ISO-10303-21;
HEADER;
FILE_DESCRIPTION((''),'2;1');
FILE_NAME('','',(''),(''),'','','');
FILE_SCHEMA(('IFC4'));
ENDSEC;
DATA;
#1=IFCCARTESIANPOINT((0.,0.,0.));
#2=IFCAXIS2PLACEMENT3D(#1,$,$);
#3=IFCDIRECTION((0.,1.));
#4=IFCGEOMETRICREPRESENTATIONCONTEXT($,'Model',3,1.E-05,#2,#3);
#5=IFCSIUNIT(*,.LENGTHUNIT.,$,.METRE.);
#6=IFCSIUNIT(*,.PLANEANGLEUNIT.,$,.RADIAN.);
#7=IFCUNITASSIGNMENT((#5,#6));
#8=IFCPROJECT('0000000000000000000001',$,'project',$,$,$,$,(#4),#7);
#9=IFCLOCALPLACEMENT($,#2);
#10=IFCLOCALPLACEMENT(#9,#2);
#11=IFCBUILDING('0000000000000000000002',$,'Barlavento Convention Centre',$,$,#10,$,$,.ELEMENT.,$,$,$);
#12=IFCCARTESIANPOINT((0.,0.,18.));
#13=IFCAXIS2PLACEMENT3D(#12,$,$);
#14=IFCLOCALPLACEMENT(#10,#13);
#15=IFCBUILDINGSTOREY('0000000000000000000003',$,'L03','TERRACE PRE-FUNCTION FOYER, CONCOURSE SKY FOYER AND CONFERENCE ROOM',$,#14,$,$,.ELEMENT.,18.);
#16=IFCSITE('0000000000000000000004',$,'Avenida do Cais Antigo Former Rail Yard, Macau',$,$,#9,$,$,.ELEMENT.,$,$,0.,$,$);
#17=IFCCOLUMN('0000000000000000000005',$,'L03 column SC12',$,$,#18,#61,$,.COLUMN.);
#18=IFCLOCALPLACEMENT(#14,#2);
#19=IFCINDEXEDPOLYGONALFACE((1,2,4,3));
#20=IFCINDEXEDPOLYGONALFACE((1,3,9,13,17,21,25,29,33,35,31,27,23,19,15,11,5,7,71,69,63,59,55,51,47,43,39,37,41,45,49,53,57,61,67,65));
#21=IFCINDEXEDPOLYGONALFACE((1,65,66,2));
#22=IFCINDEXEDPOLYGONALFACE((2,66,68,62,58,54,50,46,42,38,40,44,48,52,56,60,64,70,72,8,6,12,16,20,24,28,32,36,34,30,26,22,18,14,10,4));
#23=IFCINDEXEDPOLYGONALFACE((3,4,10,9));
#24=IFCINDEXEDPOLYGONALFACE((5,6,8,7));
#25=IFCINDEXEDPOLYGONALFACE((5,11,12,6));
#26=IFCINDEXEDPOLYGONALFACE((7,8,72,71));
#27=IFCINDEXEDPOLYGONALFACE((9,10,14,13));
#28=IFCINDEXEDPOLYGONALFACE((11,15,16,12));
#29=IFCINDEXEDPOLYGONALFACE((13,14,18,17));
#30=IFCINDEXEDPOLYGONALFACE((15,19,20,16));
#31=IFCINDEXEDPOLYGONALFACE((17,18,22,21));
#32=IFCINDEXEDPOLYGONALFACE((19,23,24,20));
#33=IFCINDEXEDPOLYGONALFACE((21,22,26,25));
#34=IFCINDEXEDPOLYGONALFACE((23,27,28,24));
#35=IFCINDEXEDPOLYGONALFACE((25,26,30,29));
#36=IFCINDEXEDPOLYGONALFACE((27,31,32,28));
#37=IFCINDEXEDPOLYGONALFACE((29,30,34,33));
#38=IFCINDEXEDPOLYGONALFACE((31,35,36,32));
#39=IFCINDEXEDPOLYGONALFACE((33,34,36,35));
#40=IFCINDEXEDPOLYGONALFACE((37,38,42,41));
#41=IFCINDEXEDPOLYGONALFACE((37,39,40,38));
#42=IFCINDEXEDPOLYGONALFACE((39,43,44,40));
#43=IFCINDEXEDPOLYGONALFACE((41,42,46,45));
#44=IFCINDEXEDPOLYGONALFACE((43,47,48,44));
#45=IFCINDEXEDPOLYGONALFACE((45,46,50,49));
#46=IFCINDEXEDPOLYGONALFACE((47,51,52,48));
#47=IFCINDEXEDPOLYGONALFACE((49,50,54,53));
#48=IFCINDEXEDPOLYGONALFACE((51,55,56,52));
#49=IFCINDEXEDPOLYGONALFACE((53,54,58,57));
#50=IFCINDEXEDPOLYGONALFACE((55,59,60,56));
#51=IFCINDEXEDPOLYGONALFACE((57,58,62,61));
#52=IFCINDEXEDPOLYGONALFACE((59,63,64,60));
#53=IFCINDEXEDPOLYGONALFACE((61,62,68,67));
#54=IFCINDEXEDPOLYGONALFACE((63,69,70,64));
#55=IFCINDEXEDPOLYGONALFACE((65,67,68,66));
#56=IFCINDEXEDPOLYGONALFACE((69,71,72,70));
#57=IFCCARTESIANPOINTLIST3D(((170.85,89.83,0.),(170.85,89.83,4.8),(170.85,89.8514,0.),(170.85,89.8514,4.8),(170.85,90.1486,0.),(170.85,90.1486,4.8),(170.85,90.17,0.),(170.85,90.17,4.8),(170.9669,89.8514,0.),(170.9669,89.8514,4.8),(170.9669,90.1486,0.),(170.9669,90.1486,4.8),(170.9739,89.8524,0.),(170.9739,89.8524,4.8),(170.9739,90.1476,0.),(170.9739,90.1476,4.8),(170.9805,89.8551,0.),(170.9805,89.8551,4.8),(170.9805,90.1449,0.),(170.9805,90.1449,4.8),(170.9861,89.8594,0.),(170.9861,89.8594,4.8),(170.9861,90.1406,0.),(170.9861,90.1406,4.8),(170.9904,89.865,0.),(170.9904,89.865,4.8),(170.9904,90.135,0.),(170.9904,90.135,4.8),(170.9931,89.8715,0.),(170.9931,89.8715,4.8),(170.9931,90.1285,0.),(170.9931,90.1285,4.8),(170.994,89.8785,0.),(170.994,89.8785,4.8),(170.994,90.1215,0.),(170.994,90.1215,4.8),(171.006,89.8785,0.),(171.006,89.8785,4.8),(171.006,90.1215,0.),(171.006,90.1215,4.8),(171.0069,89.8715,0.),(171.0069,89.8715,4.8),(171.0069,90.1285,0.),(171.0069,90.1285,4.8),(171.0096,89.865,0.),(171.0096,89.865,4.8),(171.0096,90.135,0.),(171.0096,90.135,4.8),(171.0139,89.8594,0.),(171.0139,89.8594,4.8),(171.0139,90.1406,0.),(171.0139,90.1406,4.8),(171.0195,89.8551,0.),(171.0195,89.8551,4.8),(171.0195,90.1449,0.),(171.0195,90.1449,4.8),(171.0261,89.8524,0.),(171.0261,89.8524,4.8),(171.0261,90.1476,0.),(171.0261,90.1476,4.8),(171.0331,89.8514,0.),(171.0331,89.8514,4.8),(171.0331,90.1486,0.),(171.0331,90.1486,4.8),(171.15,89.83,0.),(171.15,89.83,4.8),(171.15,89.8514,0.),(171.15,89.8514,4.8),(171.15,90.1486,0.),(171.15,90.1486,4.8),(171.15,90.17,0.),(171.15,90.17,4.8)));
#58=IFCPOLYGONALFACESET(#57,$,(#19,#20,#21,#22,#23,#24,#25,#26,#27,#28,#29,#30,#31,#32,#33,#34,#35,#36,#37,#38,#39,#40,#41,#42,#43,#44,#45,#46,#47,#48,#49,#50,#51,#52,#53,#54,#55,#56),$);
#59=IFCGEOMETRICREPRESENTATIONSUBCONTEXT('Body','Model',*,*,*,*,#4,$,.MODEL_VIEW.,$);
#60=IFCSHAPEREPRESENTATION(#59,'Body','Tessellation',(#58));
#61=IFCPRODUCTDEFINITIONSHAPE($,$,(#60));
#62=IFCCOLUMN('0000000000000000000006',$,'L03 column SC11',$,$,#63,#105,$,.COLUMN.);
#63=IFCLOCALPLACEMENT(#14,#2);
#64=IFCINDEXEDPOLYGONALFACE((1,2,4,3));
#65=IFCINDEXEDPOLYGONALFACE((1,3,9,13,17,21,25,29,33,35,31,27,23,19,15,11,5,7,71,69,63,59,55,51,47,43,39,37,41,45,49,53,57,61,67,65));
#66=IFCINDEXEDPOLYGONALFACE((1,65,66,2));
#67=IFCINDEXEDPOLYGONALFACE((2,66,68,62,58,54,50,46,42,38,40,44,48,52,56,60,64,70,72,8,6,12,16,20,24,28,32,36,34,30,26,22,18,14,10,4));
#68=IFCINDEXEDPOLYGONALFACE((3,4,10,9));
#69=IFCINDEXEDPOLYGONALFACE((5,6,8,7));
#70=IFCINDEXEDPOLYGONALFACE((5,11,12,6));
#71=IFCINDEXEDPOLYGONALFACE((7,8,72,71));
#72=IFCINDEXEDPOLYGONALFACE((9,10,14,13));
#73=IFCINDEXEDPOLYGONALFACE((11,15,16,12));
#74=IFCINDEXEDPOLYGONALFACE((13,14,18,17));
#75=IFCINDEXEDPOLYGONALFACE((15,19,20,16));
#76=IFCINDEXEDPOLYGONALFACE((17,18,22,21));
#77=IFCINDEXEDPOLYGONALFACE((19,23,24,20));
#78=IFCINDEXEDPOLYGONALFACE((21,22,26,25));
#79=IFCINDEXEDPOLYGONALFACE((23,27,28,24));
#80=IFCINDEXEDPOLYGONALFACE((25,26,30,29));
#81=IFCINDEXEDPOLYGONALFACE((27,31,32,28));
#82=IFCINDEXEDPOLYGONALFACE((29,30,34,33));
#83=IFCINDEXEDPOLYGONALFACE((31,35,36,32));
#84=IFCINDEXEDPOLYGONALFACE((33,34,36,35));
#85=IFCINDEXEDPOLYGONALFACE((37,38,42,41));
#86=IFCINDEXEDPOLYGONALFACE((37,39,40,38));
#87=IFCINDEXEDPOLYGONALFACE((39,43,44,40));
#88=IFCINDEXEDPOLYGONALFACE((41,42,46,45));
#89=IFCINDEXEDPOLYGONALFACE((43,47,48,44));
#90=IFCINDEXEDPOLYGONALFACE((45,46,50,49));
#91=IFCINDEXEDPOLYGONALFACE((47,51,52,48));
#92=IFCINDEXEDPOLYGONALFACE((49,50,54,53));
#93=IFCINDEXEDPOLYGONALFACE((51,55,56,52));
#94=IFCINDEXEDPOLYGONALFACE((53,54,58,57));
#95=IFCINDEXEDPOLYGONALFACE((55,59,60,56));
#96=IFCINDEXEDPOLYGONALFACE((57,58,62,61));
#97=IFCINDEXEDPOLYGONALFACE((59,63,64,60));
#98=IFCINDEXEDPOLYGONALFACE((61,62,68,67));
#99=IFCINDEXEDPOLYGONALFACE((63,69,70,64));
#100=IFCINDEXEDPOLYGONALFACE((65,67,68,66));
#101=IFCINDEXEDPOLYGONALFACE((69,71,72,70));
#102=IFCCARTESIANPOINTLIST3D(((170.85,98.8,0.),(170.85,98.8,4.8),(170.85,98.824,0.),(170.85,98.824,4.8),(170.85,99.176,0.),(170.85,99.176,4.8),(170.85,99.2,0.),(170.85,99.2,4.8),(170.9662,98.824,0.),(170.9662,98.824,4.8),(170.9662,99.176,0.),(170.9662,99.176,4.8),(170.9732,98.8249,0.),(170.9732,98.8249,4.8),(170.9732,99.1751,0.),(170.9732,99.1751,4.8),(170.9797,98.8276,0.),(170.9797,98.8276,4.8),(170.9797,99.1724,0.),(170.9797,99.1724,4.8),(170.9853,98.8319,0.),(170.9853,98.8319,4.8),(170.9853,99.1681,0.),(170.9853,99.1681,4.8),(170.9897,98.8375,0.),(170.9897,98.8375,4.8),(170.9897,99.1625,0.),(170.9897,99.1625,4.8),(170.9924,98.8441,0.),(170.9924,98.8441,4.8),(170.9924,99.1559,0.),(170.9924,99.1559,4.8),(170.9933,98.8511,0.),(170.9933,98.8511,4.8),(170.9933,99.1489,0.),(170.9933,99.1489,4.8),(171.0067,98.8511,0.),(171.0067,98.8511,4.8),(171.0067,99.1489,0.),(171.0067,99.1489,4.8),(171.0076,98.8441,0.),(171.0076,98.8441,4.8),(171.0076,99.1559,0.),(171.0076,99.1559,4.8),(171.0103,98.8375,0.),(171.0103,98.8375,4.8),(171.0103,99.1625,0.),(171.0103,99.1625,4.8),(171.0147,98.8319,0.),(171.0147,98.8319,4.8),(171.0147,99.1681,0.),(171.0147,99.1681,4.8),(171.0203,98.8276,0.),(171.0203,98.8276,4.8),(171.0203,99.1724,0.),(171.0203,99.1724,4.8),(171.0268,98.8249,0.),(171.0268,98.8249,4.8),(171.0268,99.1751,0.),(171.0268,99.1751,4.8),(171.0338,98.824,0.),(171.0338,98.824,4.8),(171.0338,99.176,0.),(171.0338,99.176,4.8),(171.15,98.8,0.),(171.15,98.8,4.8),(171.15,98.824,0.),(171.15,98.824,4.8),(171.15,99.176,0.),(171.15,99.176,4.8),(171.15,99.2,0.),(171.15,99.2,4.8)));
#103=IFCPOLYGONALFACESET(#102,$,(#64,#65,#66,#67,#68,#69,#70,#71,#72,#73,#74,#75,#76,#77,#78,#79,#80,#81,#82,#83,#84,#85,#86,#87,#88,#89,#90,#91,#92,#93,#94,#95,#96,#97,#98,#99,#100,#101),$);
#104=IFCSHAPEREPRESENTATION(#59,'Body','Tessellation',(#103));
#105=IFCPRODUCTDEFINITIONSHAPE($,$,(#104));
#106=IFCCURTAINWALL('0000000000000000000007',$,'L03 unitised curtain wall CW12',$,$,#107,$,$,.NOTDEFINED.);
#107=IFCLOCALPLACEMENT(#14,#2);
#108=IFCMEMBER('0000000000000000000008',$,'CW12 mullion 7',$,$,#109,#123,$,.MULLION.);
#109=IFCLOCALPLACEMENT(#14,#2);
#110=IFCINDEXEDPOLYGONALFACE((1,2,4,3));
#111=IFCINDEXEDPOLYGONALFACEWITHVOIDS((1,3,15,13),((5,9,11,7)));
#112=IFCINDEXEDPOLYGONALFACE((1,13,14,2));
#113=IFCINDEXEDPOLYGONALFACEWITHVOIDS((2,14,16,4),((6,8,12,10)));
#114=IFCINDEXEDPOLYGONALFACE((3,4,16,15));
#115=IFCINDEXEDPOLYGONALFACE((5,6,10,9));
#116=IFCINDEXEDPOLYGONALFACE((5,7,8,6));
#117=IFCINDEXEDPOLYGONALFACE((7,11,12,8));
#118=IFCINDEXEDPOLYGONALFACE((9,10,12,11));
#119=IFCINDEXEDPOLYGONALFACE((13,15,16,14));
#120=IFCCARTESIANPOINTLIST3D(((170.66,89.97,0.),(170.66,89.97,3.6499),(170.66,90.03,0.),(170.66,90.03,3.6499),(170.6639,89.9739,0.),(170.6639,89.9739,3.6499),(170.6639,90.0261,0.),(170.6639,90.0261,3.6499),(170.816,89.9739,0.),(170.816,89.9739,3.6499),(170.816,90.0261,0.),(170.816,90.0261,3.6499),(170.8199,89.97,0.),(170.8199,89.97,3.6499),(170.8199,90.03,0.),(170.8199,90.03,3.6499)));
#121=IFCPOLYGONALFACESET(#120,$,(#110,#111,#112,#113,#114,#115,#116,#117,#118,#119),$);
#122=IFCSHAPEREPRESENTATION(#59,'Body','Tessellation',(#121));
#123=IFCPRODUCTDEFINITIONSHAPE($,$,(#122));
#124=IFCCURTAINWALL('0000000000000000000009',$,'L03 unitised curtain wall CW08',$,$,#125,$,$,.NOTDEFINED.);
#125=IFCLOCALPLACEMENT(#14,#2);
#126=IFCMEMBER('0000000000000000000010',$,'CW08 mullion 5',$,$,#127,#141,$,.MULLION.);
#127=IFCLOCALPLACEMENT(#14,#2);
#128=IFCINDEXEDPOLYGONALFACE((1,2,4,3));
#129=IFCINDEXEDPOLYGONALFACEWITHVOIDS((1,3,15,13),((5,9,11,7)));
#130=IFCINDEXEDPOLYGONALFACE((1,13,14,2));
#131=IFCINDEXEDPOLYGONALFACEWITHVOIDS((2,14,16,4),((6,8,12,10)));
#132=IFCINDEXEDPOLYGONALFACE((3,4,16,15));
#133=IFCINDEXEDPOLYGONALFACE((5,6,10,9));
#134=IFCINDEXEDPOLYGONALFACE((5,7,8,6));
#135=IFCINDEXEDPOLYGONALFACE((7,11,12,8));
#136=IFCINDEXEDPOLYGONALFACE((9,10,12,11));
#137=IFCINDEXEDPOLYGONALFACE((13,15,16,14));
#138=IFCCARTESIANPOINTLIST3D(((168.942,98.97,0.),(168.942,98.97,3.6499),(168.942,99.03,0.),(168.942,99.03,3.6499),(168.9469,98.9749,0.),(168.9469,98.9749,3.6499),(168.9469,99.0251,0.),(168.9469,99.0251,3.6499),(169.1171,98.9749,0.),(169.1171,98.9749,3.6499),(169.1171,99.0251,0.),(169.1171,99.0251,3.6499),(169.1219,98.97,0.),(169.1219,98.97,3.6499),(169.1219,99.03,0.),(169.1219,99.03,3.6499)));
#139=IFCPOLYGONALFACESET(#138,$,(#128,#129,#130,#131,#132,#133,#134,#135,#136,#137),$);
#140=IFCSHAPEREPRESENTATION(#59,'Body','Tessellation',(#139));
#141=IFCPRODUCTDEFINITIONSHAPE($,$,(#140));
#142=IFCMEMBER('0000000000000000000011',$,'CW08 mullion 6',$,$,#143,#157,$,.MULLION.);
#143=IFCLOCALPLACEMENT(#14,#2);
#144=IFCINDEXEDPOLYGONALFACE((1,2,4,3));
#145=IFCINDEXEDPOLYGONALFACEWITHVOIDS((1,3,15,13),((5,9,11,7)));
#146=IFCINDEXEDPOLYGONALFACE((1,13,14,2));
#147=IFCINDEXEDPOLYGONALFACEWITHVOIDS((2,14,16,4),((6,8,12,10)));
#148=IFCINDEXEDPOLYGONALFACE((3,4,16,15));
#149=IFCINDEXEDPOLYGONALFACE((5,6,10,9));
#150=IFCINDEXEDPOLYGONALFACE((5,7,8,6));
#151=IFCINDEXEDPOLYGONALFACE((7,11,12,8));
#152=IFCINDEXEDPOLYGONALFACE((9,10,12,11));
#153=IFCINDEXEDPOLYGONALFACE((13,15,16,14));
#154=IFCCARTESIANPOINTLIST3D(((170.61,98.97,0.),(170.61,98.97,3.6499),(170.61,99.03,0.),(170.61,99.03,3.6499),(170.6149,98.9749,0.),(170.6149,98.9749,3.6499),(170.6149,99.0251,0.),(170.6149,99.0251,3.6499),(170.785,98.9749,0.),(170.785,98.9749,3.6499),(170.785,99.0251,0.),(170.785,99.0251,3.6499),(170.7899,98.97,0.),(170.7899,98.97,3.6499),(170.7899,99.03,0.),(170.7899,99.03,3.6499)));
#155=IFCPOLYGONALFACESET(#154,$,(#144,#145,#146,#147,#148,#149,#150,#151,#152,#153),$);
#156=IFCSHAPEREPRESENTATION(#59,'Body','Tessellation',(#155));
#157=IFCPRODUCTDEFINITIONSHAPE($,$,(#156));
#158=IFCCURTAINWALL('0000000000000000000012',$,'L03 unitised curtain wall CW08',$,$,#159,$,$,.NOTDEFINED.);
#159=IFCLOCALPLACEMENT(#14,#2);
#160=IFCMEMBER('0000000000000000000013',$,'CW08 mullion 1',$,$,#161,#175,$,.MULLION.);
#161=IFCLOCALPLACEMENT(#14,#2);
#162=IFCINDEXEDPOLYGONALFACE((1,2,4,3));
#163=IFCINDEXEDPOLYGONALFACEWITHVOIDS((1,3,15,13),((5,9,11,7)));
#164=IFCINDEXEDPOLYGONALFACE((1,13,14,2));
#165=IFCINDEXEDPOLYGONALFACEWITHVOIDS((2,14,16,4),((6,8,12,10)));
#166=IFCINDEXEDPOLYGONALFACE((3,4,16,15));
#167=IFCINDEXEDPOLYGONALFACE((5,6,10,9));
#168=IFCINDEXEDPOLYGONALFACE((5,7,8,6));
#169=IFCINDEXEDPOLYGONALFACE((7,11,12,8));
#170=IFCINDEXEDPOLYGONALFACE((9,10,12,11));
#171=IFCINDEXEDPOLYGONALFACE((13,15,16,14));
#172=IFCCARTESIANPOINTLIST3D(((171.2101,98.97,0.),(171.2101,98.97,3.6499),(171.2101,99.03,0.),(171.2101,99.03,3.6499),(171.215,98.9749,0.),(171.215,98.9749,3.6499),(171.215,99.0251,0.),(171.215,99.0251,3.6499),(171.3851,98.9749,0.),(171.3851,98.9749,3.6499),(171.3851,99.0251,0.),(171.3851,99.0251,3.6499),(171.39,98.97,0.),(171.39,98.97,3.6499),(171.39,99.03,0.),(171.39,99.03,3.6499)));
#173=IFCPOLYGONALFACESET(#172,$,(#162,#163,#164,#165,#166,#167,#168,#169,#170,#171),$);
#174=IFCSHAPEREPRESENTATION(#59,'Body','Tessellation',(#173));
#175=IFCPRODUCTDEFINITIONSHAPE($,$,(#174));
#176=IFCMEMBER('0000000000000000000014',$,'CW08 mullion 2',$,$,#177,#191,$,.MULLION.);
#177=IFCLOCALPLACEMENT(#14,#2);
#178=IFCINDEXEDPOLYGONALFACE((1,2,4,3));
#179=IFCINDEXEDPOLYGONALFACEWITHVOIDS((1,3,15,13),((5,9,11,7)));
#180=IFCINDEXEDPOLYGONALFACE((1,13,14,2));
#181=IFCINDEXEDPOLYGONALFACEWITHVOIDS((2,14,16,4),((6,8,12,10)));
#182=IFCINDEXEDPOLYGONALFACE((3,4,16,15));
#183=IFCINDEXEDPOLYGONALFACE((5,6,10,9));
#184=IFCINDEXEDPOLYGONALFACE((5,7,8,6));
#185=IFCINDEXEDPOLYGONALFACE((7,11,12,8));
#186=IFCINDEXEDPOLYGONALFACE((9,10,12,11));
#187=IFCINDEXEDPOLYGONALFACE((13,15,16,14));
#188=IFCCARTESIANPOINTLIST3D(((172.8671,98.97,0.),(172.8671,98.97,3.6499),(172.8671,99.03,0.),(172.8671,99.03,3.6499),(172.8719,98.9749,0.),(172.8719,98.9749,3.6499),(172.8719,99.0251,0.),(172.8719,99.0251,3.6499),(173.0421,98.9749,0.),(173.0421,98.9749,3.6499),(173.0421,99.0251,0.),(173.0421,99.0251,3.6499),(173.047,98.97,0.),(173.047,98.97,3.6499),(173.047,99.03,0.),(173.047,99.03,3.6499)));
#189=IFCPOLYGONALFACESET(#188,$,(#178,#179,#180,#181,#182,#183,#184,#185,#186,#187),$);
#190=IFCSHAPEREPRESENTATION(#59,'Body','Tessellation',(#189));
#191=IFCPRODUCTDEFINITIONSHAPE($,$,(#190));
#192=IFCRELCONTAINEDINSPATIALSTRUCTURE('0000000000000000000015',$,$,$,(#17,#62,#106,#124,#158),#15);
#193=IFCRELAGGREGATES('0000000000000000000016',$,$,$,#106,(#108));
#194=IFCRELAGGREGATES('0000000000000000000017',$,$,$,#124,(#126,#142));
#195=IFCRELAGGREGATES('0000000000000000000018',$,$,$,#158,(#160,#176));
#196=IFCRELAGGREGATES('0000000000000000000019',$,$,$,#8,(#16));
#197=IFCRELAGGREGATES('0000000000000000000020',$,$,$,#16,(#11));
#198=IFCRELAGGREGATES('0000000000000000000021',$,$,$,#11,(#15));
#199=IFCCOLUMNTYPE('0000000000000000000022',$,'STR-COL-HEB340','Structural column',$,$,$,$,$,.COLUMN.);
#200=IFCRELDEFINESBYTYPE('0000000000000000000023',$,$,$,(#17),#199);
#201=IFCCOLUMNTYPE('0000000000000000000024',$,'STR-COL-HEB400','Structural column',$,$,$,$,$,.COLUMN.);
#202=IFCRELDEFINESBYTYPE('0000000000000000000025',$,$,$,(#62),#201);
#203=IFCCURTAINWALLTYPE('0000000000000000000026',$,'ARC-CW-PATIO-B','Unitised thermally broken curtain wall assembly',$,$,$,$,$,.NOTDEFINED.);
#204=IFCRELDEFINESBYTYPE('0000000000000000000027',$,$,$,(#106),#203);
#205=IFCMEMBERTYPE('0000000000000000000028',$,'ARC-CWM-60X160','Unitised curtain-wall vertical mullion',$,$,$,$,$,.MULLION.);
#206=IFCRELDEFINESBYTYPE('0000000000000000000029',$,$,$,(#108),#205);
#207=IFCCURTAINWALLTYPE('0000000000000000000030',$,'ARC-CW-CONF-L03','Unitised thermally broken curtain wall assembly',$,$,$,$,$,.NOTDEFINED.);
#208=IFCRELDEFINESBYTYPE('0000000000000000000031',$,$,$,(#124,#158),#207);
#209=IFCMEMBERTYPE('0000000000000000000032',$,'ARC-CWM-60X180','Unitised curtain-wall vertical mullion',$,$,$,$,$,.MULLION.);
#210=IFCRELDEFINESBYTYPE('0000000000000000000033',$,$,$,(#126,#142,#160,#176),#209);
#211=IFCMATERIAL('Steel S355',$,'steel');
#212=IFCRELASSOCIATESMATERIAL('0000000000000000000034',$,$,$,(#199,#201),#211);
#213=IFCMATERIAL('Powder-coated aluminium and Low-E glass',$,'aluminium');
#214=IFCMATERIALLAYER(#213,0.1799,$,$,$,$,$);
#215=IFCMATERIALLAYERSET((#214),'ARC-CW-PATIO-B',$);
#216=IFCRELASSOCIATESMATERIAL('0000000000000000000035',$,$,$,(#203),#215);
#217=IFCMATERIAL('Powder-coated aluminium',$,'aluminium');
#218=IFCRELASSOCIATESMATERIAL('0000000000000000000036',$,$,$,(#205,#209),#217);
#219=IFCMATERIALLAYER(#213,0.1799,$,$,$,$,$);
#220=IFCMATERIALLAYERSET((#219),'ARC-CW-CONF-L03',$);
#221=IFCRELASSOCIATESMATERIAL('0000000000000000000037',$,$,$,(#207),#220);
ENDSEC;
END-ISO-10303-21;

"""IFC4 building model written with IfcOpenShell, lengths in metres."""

from ifc_helpers import new_model, si_unit, direction, frame, origin, origin_2d, place, context, subcontext, project, spatial, hollow_rectangle, i_section, extrude, material, layer, layer_set, material_profile, profile_set, type_object, element, aggregate, save


model = new_model("IFC4")

# Units and contexts
model_context = context("Model", 3, precision=1e-05, world=origin(), true_north=direction((0.0, 1.0)))
body_context = subcontext(model_context, "Body", "Model", "MODEL_VIEW")
ifc_project = project(units=[si_unit("LENGTHUNIT", "METRE"), si_unit("PLANEANGLEUNIT", "RADIAN")], contexts=[model_context])

# Site, building, storey
site_placement = place(None, origin())
site = spatial("IfcSite", under=ifc_project, at=site_placement, Name="Avenida do Cais Antigo Former Rail Yard, Macau", CompositionType="ELEMENT", RefElevation=0.0)
building_placement = place(site_placement, origin())
building = spatial("IfcBuilding", under=site, at=building_placement, Name="Barlavento Convention Centre", CompositionType="ELEMENT")
storey_placement = place(building_placement, frame((0.0, 0.0, 18.0)))
storey = spatial("IfcBuildingStorey", under=building, at=storey_placement, Name="L03", Description="TERRACE PRE-FUNCTION FOYER, CONCOURSE SKY FOYER AND CONFERENCE ROOM", CompositionType="ELEMENT", Elevation=18.0)

# Columns
ifc_material_1 = material(Name="Steel S355", Category="steel")
ifc_material_profile_1 = material_profile(ifc_material_1, i_section(OverallWidth=0.3, OverallDepth=0.3401, WebThickness=0.012, FlangeThickness=0.0215, FilletRadius=0.0271, at=origin_2d()), Name="HEB 340")
ifc_profile_set_1 = profile_set([ifc_material_profile_1], Name="Steel S355")
column_type_1 = type_object("IfcColumnType", Name="STR-COL-HEB340", Description="Structural column", PredefinedType="COLUMN", material=ifc_profile_set_1)
column_1_placement = place(storey_placement, frame((171.0, 90.0, 0.0), z_axis=(0.0, 0.0, 1.0), x_axis=(1.0, 0.0, 0.0)))
element("IfcColumn", 1, at=column_1_placement, inside=storey, type_object=column_type_1, Name="L03 column SC12", PredefinedType="COLUMN", context=body_context, shape_type="SweptSolid", body=[
    extrude(i_section(OverallWidth=0.3, OverallDepth=0.3401, WebThickness=0.012, FlangeThickness=0.0215, FilletRadius=0.0271, at=origin_2d()), origin(), (0.0, 0.0, 1.0), 4.8),
])
ifc_material_profile_2 = material_profile(ifc_material_1, i_section(OverallWidth=0.3, OverallDepth=0.3999, WebThickness=0.0134, FlangeThickness=0.0239, FilletRadius=0.0271, at=origin_2d()), Name="HEB 400")
ifc_profile_set_2 = profile_set([ifc_material_profile_2], Name="Steel S355")
column_type_2 = type_object("IfcColumnType", Name="STR-COL-HEB400", Description="Structural column", PredefinedType="COLUMN", material=ifc_profile_set_2)
column_2_placement = place(storey_placement, frame((171.0, 99.0, 0.0), z_axis=(0.0, 0.0, 1.0), x_axis=(1.0, 0.0, 0.0)))
element("IfcColumn", 2, at=column_2_placement, inside=storey, type_object=column_type_2, Name="L03 column SC11", PredefinedType="COLUMN", context=body_context, shape_type="SweptSolid", body=[
    extrude(i_section(OverallWidth=0.3, OverallDepth=0.3999, WebThickness=0.0134, FlangeThickness=0.0239, FilletRadius=0.0271, at=origin_2d()), origin(), (0.0, 0.0, 1.0), 4.8),
])

# Curtain wall, member
ifc_material_2 = material(Name="Powder-coated aluminium and Low-E glass", Category="aluminium")
ifc_layer_1 = layer(ifc_material_2, 0.1799)
ifc_layer_set_1 = layer_set([ifc_layer_1], Name="ARC-CW-PATIO-B")
curtain_wall_type_1 = type_object("IfcCurtainWallType", Name="ARC-CW-PATIO-B", Description="Unitised thermally broken curtain wall assembly", PredefinedType="NOTDEFINED", material=ifc_layer_set_1)
curtain_wall_1_placement = place(storey_placement, origin())
curtain_wall_1 = element("IfcCurtainWall", 3, at=curtain_wall_1_placement, inside=storey, type_object=curtain_wall_type_1, Name="L03 unitised curtain wall CW12", PredefinedType="NOTDEFINED")
ifc_material_3 = material(Name="Powder-coated aluminium", Category="aluminium")
ifc_material_profile_3 = material_profile(ifc_material_3, hollow_rectangle(XDim=0.0601, YDim=0.1599, WallThickness=0.0039, at=origin_2d()), Name="AL-MULL 60x160x4")
ifc_profile_set_3 = profile_set([ifc_material_profile_3], Name="Powder-coated aluminium")
member_type_1 = type_object("IfcMemberType", Name="ARC-CWM-60X160", Description="Unitised curtain-wall vertical mullion", PredefinedType="MULLION", material=ifc_profile_set_3)
member_1_placement = place(storey_placement, frame((170.74, 90.0, 0.0), z_axis=(0.0, 0.0, 1.0), x_axis=(0.0, 1.0, 0.0)))
member_1 = element("IfcMember", 4, at=member_1_placement, type_object=member_type_1, Name="CW12 mullion 7", PredefinedType="MULLION", context=body_context, shape_type="SweptSolid", body=[
    extrude(hollow_rectangle(XDim=0.0601, YDim=0.1599, WallThickness=0.0039, at=origin_2d()), origin(), (0.0, 0.0, 1.0), 3.6499),
])

# Curtain walls, members
ifc_layer_2 = layer(ifc_material_2, 0.1799)
ifc_layer_set_2 = layer_set([ifc_layer_2], Name="ARC-CW-CONF-L03")
curtain_wall_type_2 = type_object("IfcCurtainWallType", Name="ARC-CW-CONF-L03", Description="Unitised thermally broken curtain wall assembly", PredefinedType="NOTDEFINED", material=ifc_layer_set_2)
curtain_wall_2_placement = place(storey_placement, origin())
curtain_wall_2 = element("IfcCurtainWall", 5, at=curtain_wall_2_placement, inside=storey, type_object=curtain_wall_type_2, Name="L03 unitised curtain wall CW08", PredefinedType="NOTDEFINED")
ifc_material_profile_4 = material_profile(ifc_material_3, hollow_rectangle(XDim=0.0601, YDim=0.1799, WallThickness=0.0049, at=origin_2d()), Name="AL-MULL 60x180x5")
ifc_profile_set_4 = profile_set([ifc_material_profile_4], Name="Powder-coated aluminium")
member_type_2 = type_object("IfcMemberType", Name="ARC-CWM-60X180", Description="Unitised curtain-wall vertical mullion", PredefinedType="MULLION", material=ifc_profile_set_4)
member_2_placement = place(storey_placement, frame((169.032, 99.0, 0.0), z_axis=(0.0, 0.0, 1.0), x_axis=(0.0, 1.0, 0.0)))
member_2 = element("IfcMember", 6, at=member_2_placement, type_object=member_type_2, Name="CW08 mullion 5", PredefinedType="MULLION", context=body_context, shape_type="SweptSolid", body=[
    extrude(hollow_rectangle(XDim=0.0601, YDim=0.1799, WallThickness=0.0049, at=origin_2d()), origin(), (0.0, 0.0, 1.0), 3.6499),
])
member_3_placement = place(storey_placement, frame((170.7, 99.0, 0.0), z_axis=(0.0, 0.0, 1.0), x_axis=(0.0, 1.0, 0.0)))
member_3 = element("IfcMember", 7, at=member_3_placement, type_object=member_type_2, Name="CW08 mullion 6", PredefinedType="MULLION", context=body_context, shape_type="SweptSolid", body=[
    extrude(hollow_rectangle(XDim=0.0601, YDim=0.1799, WallThickness=0.0049, at=origin_2d()), origin(), (0.0, 0.0, 1.0), 3.6499),
])
curtain_wall_3_placement = place(storey_placement, origin())
curtain_wall_3 = element("IfcCurtainWall", 8, at=curtain_wall_3_placement, inside=storey, type_object=curtain_wall_type_2, Name="L03 unitised curtain wall CW08", PredefinedType="NOTDEFINED")
member_4_placement = place(storey_placement, frame((171.3, 99.0, 0.0), z_axis=(0.0, 0.0, 1.0), x_axis=(0.0, 1.0, 0.0)))
member_4 = element("IfcMember", 9, at=member_4_placement, type_object=member_type_2, Name="CW08 mullion 1", PredefinedType="MULLION", context=body_context, shape_type="SweptSolid", body=[
    extrude(hollow_rectangle(XDim=0.0601, YDim=0.1799, WallThickness=0.0049, at=origin_2d()), origin(), (0.0, 0.0, 1.0), 3.6499),
])
member_5_placement = place(storey_placement, frame((172.957, 99.0, 0.0), z_axis=(0.0, 0.0, 1.0), x_axis=(0.0, 1.0, 0.0)))
member_5 = element("IfcMember", 10, at=member_5_placement, type_object=member_type_2, Name="CW08 mullion 2", PredefinedType="MULLION", context=body_context, shape_type="SweptSolid", body=[
    extrude(hollow_rectangle(XDim=0.0601, YDim=0.1799, WallThickness=0.0049, at=origin_2d()), origin(), (0.0, 0.0, 1.0), 3.6499),
])

aggregate(curtain_wall_1, [member_1])
aggregate(curtain_wall_2, [member_2, member_3])
aggregate(curtain_wall_3, [member_4, member_5])

save(model, "model.ifc")
